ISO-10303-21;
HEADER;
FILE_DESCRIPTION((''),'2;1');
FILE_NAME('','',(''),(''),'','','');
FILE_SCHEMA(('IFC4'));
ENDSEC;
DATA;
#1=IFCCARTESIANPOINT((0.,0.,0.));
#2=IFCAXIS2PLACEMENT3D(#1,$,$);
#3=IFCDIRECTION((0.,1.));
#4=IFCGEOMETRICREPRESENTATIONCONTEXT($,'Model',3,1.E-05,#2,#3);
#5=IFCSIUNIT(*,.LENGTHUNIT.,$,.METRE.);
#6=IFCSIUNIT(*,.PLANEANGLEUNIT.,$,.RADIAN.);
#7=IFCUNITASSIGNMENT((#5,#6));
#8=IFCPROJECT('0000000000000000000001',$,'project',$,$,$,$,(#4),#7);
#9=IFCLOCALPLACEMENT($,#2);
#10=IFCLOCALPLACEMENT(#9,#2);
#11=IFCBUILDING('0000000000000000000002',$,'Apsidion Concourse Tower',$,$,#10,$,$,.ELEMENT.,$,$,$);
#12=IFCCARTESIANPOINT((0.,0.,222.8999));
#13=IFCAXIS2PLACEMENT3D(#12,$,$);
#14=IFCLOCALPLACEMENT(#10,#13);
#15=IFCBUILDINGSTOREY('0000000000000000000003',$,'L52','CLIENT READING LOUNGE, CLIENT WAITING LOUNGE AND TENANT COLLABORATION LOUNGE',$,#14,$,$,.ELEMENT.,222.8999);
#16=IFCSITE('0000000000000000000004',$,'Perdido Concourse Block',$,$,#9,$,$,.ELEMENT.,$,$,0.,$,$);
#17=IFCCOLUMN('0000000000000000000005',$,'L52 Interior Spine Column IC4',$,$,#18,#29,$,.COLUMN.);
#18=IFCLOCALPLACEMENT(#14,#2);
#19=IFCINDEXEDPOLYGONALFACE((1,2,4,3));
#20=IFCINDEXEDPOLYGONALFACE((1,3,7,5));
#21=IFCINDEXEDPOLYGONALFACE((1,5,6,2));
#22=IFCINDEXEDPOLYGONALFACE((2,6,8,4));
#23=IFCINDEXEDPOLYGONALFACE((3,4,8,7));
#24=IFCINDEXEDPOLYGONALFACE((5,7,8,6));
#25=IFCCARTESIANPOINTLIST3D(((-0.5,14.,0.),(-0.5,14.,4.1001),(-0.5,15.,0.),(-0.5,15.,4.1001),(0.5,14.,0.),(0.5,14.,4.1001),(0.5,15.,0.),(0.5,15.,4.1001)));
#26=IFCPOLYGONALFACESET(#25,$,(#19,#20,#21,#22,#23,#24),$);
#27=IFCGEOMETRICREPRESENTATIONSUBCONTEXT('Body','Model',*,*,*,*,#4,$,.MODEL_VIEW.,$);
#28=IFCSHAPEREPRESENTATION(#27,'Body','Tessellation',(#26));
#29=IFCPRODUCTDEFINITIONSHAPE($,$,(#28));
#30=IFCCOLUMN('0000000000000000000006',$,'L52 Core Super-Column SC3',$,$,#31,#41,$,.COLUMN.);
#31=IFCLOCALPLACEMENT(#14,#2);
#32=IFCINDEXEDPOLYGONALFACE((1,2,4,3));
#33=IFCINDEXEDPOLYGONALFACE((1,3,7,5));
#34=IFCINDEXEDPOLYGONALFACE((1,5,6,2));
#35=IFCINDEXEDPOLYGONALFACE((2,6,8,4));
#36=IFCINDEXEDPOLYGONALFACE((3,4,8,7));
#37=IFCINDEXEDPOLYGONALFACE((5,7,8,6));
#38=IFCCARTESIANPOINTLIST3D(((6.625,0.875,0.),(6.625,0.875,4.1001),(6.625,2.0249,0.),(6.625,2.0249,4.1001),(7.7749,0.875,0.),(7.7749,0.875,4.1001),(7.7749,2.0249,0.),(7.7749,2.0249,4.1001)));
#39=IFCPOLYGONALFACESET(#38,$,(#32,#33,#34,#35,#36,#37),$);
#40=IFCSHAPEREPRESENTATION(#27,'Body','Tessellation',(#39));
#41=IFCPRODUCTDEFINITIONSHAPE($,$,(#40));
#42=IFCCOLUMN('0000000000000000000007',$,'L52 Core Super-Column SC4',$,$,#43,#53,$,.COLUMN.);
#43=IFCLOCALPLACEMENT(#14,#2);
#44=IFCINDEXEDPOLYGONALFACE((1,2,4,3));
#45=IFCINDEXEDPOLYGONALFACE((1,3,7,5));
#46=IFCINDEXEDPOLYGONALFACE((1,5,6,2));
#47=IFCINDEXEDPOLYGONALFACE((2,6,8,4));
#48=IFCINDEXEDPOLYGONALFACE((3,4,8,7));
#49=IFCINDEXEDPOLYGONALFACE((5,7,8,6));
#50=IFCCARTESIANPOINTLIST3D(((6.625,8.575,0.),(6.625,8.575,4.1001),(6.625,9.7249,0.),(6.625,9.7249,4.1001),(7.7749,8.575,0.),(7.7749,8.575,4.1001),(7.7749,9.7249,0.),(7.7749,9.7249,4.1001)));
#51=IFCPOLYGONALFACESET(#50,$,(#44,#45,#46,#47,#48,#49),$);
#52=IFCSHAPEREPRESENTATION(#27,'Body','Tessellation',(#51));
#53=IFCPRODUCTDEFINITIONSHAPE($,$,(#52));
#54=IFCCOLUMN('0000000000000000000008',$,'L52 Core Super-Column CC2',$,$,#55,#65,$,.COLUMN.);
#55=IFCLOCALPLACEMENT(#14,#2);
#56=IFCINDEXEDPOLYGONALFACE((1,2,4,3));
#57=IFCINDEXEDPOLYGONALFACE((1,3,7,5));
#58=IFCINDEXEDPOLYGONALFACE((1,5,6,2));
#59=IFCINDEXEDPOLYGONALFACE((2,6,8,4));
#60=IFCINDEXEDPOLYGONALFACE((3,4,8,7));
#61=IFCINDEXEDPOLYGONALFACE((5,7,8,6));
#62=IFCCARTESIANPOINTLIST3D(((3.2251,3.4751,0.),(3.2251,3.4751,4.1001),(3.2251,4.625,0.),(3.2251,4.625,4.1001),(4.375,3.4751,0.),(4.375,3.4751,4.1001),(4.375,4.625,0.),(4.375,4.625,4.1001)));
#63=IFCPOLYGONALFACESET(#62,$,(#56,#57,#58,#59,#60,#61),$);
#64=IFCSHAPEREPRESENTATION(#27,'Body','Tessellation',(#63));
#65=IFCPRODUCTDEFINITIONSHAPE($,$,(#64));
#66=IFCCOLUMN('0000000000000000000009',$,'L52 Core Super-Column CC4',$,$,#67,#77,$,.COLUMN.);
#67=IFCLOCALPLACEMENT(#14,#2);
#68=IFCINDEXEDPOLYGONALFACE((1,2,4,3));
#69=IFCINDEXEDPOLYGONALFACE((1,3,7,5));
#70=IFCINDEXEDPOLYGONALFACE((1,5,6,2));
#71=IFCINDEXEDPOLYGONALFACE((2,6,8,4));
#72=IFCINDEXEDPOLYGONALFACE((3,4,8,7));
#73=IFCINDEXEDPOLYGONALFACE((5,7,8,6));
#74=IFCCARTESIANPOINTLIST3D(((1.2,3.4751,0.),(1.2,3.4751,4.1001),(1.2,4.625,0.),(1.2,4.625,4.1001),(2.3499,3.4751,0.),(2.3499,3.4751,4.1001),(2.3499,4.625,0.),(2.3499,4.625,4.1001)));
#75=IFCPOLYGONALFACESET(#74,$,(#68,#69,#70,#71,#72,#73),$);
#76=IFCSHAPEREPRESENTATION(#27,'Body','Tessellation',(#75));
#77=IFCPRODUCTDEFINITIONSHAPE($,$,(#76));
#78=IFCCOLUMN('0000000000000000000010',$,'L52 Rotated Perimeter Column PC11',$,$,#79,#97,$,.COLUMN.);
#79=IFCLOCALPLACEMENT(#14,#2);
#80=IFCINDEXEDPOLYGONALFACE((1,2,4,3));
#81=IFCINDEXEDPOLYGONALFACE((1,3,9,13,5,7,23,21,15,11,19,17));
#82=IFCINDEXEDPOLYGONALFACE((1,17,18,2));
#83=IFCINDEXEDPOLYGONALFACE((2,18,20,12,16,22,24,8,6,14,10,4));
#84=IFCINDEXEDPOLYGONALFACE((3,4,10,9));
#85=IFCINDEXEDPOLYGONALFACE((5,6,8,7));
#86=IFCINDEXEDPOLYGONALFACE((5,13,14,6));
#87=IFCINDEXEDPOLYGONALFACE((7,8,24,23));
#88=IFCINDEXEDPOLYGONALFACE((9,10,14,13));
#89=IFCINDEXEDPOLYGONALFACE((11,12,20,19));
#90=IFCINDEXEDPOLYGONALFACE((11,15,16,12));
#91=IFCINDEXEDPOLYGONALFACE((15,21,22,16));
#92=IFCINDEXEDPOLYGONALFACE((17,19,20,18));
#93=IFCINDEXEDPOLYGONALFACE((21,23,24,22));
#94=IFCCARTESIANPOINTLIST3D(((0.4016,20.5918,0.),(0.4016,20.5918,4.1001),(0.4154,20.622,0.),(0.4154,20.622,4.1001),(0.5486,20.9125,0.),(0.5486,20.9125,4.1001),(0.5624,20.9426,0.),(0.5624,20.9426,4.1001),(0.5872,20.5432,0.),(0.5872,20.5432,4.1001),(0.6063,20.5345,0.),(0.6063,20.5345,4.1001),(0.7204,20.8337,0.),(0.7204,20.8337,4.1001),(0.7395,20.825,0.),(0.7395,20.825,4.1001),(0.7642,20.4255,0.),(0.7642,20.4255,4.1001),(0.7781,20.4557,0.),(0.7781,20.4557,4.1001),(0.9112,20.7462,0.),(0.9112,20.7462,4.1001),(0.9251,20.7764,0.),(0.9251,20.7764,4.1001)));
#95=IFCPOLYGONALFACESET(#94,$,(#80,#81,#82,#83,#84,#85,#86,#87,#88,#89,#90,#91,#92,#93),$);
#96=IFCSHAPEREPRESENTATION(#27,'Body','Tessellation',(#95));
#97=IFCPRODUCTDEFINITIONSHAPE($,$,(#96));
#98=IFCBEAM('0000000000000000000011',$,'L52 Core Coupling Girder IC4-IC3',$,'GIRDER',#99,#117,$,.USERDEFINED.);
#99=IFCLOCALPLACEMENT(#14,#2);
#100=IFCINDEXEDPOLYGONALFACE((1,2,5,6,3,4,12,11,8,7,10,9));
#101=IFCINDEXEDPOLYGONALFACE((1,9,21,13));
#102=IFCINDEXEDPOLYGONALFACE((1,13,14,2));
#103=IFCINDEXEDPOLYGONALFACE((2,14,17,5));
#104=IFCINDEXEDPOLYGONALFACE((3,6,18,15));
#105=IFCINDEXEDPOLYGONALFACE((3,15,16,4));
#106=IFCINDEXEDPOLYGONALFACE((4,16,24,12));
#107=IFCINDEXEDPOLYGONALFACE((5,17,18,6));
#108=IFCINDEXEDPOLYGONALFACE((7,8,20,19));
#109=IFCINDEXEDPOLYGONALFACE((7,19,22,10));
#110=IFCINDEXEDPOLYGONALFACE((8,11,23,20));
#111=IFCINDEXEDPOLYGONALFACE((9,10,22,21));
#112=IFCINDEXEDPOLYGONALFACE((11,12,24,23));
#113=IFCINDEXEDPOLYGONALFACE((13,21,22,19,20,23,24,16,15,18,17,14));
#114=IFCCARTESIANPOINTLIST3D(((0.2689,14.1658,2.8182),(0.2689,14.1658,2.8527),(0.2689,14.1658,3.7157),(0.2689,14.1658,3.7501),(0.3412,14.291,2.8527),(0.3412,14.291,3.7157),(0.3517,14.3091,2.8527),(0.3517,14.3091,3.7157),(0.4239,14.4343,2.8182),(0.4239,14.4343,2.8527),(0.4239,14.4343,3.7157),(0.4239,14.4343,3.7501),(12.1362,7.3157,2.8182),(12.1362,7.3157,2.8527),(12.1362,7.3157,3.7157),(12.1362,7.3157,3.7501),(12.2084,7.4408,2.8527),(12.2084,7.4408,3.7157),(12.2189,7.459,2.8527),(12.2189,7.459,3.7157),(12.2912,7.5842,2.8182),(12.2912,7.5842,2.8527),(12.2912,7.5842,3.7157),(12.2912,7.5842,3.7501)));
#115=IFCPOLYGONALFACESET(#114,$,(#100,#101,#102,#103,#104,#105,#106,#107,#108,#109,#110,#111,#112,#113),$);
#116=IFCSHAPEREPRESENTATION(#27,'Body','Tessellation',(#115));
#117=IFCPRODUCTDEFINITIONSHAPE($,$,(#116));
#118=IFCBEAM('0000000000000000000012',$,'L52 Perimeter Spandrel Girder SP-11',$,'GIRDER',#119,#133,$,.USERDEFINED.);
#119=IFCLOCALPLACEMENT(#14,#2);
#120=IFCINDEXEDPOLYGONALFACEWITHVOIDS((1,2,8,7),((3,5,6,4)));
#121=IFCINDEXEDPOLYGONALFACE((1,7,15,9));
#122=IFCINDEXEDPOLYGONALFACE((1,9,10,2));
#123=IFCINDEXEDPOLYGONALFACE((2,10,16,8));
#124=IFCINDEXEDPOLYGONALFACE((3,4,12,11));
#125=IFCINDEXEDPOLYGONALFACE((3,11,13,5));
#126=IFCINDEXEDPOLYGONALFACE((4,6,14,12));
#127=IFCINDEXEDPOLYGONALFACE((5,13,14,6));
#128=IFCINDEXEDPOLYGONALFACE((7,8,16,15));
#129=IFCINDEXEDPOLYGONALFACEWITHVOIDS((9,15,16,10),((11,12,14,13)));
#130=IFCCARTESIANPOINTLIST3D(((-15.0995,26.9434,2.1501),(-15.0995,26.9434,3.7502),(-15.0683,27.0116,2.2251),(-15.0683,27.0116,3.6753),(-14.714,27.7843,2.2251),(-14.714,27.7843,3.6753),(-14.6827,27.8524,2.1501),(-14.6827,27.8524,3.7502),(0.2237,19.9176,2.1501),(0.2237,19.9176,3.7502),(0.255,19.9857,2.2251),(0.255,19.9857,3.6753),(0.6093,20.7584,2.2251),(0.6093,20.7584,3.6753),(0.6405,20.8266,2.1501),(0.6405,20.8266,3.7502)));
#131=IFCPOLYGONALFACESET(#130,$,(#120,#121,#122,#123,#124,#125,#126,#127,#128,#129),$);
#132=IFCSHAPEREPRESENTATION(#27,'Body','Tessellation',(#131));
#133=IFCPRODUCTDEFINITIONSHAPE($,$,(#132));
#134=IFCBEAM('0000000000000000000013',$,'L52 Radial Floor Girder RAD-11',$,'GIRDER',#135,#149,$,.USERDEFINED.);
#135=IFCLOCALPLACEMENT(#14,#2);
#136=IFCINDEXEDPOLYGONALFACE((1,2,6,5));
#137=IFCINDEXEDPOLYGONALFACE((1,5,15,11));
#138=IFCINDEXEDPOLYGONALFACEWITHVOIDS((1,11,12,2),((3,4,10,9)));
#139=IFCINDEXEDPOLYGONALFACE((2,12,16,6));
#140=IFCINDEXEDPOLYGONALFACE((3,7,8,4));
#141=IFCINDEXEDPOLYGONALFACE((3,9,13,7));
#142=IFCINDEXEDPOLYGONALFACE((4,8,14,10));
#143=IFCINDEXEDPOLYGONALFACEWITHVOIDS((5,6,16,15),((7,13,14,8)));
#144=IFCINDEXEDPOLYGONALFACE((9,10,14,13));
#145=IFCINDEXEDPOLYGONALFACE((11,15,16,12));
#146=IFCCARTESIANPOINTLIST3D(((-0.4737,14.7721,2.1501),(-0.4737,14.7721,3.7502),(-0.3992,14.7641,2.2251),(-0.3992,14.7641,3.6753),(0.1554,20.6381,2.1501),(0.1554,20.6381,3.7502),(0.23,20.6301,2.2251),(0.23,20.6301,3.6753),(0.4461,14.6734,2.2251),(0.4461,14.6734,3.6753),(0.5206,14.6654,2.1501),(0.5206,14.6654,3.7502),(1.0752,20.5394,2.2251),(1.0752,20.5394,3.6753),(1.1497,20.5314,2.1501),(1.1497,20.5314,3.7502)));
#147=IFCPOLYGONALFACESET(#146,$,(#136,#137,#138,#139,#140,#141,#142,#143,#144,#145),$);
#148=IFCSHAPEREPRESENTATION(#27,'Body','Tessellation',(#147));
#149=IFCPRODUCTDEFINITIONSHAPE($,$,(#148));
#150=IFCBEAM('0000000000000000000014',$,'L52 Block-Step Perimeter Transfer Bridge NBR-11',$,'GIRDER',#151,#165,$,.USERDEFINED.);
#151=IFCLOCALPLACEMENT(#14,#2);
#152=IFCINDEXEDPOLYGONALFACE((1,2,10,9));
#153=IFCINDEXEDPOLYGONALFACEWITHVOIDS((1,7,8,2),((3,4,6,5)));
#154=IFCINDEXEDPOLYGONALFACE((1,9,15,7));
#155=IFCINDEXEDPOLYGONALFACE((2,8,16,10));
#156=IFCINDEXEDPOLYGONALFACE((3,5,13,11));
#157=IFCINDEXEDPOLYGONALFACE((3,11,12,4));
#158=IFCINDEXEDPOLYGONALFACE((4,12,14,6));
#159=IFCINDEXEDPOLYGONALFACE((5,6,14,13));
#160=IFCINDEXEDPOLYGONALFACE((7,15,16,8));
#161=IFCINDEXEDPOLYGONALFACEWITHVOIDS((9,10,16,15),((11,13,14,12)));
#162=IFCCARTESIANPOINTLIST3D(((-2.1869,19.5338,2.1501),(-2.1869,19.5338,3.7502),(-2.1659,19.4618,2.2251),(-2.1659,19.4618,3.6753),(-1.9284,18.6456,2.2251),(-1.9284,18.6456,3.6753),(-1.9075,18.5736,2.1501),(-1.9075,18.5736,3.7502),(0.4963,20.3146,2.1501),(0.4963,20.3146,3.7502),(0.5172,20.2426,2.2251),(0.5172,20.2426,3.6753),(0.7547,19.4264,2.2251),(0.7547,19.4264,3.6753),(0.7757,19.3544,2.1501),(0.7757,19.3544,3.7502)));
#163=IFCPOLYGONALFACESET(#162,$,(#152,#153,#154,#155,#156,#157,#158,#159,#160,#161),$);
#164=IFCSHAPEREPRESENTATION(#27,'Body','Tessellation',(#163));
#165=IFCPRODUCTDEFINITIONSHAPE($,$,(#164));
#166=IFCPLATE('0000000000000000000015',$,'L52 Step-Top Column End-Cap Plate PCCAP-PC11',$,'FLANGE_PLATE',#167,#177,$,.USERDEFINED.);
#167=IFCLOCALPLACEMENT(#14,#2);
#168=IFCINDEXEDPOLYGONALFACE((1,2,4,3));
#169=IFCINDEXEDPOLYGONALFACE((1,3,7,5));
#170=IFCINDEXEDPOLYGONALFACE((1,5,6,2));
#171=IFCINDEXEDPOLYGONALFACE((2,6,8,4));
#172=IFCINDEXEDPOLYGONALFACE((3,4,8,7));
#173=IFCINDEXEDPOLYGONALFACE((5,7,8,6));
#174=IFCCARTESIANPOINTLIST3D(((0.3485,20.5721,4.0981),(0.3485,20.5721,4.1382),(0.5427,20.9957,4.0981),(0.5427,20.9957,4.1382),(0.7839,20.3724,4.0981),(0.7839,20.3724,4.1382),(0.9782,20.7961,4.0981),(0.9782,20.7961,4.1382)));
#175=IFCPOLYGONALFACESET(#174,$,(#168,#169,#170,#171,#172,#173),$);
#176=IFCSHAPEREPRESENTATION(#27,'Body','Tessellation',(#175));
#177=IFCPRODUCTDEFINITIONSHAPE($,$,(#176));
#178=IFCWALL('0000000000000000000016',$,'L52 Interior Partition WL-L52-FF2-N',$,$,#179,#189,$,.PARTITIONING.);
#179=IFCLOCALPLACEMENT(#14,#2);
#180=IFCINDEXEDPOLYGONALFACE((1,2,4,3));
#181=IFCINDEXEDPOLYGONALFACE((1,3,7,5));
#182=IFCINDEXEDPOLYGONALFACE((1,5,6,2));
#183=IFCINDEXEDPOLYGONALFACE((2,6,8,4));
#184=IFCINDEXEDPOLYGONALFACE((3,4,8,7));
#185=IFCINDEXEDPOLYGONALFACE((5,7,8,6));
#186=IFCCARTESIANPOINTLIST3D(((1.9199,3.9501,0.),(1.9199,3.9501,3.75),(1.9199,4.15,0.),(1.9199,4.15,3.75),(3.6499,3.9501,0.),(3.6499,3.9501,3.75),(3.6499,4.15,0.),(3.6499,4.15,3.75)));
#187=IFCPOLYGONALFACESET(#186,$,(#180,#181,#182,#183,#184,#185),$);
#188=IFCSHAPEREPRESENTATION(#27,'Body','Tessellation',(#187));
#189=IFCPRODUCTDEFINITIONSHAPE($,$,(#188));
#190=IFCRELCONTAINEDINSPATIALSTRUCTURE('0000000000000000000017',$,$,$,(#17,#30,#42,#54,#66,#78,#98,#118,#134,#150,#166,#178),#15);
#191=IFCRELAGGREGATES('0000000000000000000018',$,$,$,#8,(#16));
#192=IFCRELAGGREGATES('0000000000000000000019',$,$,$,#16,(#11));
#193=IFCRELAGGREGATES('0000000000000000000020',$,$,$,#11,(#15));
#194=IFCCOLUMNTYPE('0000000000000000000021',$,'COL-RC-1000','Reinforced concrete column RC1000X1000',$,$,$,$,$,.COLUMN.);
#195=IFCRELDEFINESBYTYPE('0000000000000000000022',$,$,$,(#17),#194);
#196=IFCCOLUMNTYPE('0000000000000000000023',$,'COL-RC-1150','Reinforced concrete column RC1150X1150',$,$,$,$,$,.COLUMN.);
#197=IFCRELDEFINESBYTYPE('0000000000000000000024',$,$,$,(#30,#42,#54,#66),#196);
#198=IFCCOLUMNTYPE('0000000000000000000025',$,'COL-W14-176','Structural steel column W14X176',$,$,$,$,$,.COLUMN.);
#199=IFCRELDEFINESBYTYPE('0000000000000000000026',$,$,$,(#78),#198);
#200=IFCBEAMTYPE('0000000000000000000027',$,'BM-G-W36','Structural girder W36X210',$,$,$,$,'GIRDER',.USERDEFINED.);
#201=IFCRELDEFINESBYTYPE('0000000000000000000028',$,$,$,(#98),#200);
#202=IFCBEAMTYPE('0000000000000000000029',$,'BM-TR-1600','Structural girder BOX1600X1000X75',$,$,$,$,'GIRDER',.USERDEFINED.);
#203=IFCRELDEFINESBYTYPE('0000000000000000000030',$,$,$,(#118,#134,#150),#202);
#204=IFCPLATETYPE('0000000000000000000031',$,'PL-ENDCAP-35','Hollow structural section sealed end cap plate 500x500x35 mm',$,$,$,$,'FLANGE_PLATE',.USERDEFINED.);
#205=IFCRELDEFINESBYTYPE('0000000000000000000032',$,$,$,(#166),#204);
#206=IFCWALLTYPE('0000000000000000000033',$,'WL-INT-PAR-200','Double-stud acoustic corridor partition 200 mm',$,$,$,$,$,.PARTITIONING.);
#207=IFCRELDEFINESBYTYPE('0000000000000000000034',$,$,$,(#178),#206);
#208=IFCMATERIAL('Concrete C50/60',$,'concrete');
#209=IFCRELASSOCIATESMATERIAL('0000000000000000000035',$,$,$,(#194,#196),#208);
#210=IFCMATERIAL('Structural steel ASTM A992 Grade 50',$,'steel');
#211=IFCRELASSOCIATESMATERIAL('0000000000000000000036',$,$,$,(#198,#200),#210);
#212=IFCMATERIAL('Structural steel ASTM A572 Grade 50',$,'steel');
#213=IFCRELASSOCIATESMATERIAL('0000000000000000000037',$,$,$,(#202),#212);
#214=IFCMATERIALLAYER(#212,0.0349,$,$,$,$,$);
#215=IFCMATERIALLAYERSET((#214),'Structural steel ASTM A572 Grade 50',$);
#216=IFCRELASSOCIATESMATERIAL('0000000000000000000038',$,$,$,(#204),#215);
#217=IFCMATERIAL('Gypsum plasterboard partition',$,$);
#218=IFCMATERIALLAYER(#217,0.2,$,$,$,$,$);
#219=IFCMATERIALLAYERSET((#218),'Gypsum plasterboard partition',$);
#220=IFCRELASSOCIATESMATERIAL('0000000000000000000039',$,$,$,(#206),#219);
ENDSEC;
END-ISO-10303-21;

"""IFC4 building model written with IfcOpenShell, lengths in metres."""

from ifc_helpers import new_model, si_unit, direction, frame, frame_2d, origin, origin_2d, place, context, subcontext, project, spatial, rectangle, hollow_rectangle, i_section, extrude, material, layer, layer_set, material_profile, profile_set, type_object, element, save


model = new_model("IFC4")

# Units and contexts
model_context = context("Model", 3, precision=1e-05, world=origin(), true_north=direction((0.0, 1.0)))
body_context = subcontext(model_context, "Body", "Model", "MODEL_VIEW")
ifc_project = project(units=[si_unit("LENGTHUNIT", "METRE"), si_unit("PLANEANGLEUNIT", "RADIAN")], contexts=[model_context])

# Site, building, storey
site_placement = place(None, origin())
site = spatial("IfcSite", under=ifc_project, at=site_placement, Name="Perdido Concourse Block", CompositionType="ELEMENT", RefElevation=0.0)
building_placement = place(site_placement, origin())
building = spatial("IfcBuilding", under=site, at=building_placement, Name="Apsidion Concourse Tower", CompositionType="ELEMENT")
storey_placement = place(building_placement, frame((0.0, 0.0, 222.8999)))
storey = spatial("IfcBuildingStorey", under=building, at=storey_placement, Name="L52", Description="CLIENT READING LOUNGE, CLIENT WAITING LOUNGE AND TENANT COLLABORATION LOUNGE", CompositionType="ELEMENT", Elevation=222.8999)

# Columns
ifc_material_1 = material(Name="Concrete C50/60", Category="concrete")
ifc_material_profile_1 = material_profile(ifc_material_1, rectangle(XDim=1.0, YDim=1.0, at=origin_2d()), Name="RC 1000x1000")
ifc_profile_set_1 = profile_set([ifc_material_profile_1], Name="Concrete C50/60")
column_type_1 = type_object("IfcColumnType", Name="COL-RC-1000", Description="Reinforced concrete column RC1000X1000", PredefinedType="COLUMN", material=ifc_profile_set_1)
column_1_placement = place(storey_placement, frame((0.0, 14.5, 0.0), z_axis=(0.0, 0.0, 1.0), x_axis=(1.0, 0.0, 0.0)))
element("IfcColumn", 1, at=column_1_placement, inside=storey, type_object=column_type_1, Name="L52 Interior Spine Column IC4", PredefinedType="COLUMN", context=body_context, shape_type="SweptSolid", body=[
    extrude(rectangle(XDim=1.0, YDim=1.0, at=origin_2d()), origin(), (0.0, 0.0, 1.0), 4.1001),
])
ifc_material_profile_2 = material_profile(ifc_material_1, rectangle(XDim=1.1499, YDim=1.1499, at=origin_2d()), Name="RC 1150x1150")
ifc_profile_set_2 = profile_set([ifc_material_profile_2], Name="Concrete C50/60")
column_type_2 = type_object("IfcColumnType", Name="COL-RC-1150", Description="Reinforced concrete column RC1150X1150", PredefinedType="COLUMN", material=ifc_profile_set_2)
for number, where, z_axis, x_axis, name in (
    (2, (7.2, 1.45, 0.0), (0.0, 0.0, 1.0), (1.0, 0.0, 0.0), "L52 Core Super-Column SC3"),
    (3, (7.2, 9.1499, 0.0), (0.0, 0.0, 1.0), (1.0, 0.0, 0.0), "L52 Core Super-Column SC4"),
    (4, (3.8, 4.05, 0.0), (0.0, 0.0, 1.0), (1.0, 0.0, 0.0), "L52 Core Super-Column CC2"),
    (5, (1.7749, 4.05, 0.0), (0.0, 0.0, 1.0), (1.0, 0.0, 0.0), "L52 Core Super-Column CC4"),
):
    element("IfcColumn", number, at=place(storey_placement, frame(where, z_axis=z_axis, x_axis=x_axis)), inside=storey, type_object=column_type_2, Name=name, PredefinedType="COLUMN", context=body_context, shape_type="SweptSolid", body=[
        extrude(rectangle(XDim=1.1499, YDim=1.1499, at=origin_2d()), origin(), (0.0, 0.0, 1.0), 4.1001),
    ])
ifc_material_2 = material(Name="Structural steel ASTM A992 Grade 50", Category="steel")
ifc_material_profile_3 = material_profile(ifc_material_2, i_section(OverallWidth=0.3989, OverallDepth=0.386, WebThickness=0.021, FlangeThickness=0.0332, at=origin_2d()), Name="W14X176")
ifc_profile_set_3 = profile_set([ifc_material_profile_3], Name="Structural steel ASTM A992 Grade 50")
column_type_3 = type_object("IfcColumnType", Name="COL-W14-176", Description="Structural steel column W14X176", PredefinedType="COLUMN", material=ifc_profile_set_3)
column_2_placement = place(storey_placement, frame((0.6633, 20.6841, 0.0), z_axis=(0.0, 0.0, 1.0), x_axis=(-0.909018, 0.416757, 0.0)))
element("IfcColumn", 6, at=column_2_placement, inside=storey, type_object=column_type_3, Name="L52 Rotated Perimeter Column PC11", PredefinedType="COLUMN", context=body_context, shape_type="SweptSolid", body=[
    extrude(i_section(OverallWidth=0.3989, OverallDepth=0.386, WebThickness=0.021, FlangeThickness=0.0332, at=origin_2d()), origin(), (0.0, 0.0, 1.0), 4.1001),
])

# Beams
ifc_material_profile_4 = material_profile(ifc_material_2, i_section(OverallWidth=0.3101, OverallDepth=0.9319, WebThickness=0.021, FlangeThickness=0.0344, at=origin_2d()), Name="W36X210")
ifc_profile_set_4 = profile_set([ifc_material_profile_4], Name="Structural steel ASTM A992 Grade 50")
beam_type_1 = type_object("IfcBeamType", Name="BM-G-W36", Description="Structural girder W36X210", ElementType="GIRDER", PredefinedType="USERDEFINED", material=ifc_profile_set_4)
beam_1_placement = place(storey_placement, frame((0.3464, 14.3, 3.2842), z_axis=(0.86607, -0.499922, 0.0), x_axis=(0.499922, 0.86607, 0.0)))
element("IfcBeam", 7, at=beam_1_placement, inside=storey, type_object=beam_type_1, Name="L52 Core Coupling Girder IC4-IC3", ObjectType="GIRDER", PredefinedType="USERDEFINED", context=body_context, shape_type="SweptSolid", body=[
    extrude(i_section(OverallWidth=0.3101, OverallDepth=0.9319, WebThickness=0.021, FlangeThickness=0.0344, at=origin_2d()), origin(), (0.0, 0.0, 1.0), 13.7024),
])
ifc_material_3 = material(Name="Structural steel ASTM A572 Grade 50", Category="steel")
ifc_material_profile_5 = material_profile(ifc_material_3, hollow_rectangle(XDim=1.0, YDim=1.6001, WallThickness=0.075, at=origin_2d()), Name="BOX1600X1000X75")
ifc_profile_set_5 = profile_set([ifc_material_profile_5], Name="Structural steel ASTM A572 Grade 50")
beam_type_2 = type_object("IfcBeamType", Name="BM-TR-1600", Description="Structural girder BOX1600X1000X75", ElementType="GIRDER", PredefinedType="USERDEFINED", material=ifc_profile_set_5)
beam_2_placement = place(storey_placement, frame((0.4321, 20.3721, 2.9502), z_axis=(-0.909004, 0.416788, 0.0), x_axis=(-0.416788, -0.909004, 0.0)))
element("IfcBeam", 8, at=beam_2_placement, inside=storey, type_object=beam_type_2, Name="L52 Perimeter Spandrel Girder SP-11", ObjectType="GIRDER", PredefinedType="USERDEFINED", context=body_context, shape_type="SweptSolid", body=[
    extrude(hollow_rectangle(XDim=1.0, YDim=1.6001, WallThickness=0.075, at=origin_2d()), origin(), (0.0, 0.0, 1.0), 16.8572),
])
beam_3_placement = place(storey_placement, frame((0.0234, 14.7188, 2.9502), z_axis=(0.106643, 0.994297, 0.0), x_axis=(-0.994297, 0.106643, 0.0)))
element("IfcBeam", 9, at=beam_3_placement, inside=storey, type_object=beam_type_2, Name="L52 Radial Floor Girder RAD-11", ObjectType="GIRDER", PredefinedType="USERDEFINED", context=body_context, shape_type="SweptSolid", body=[
    extrude(hollow_rectangle(XDim=1.0, YDim=1.6001, WallThickness=0.075, at=origin_2d()), origin(), (0.0, 0.0, 1.0), 5.8997),
])
beam_4_placement = place(storey_placement, frame((0.636, 19.8345, 2.9502), z_axis=(-0.960174, -0.279403, 0.0), x_axis=(0.279403, -0.960174, 0.0)))
element("IfcBeam", 10, at=beam_4_placement, inside=storey, type_object=beam_type_2, Name="L52 Block-Step Perimeter Transfer Bridge NBR-11", ObjectType="GIRDER", PredefinedType="USERDEFINED", context=body_context, shape_type="SweptSolid", body=[
    extrude(hollow_rectangle(XDim=1.0, YDim=1.6001, WallThickness=0.075, at=origin_2d()), origin(), (0.0, 0.0, 1.0), 2.7944),
])

# Plate
ifc_layer_1 = layer(ifc_material_3, 0.0349)
ifc_layer_set_1 = layer_set([ifc_layer_1], Name="Structural steel ASTM A572 Grade 50")
plate_type = type_object("IfcPlateType", Name="PL-ENDCAP-35", Description="Hollow structural section sealed end cap plate 500x500x35 mm", ElementType="FLANGE_PLATE", PredefinedType="USERDEFINED", material=ifc_layer_set_1)
plate_placement = place(storey_placement, frame((0.6633, 20.6841, 4.0981), z_axis=(0.0, 0.0, 1.0), x_axis=(-0.909018, 0.416757, 0.0)))
element("IfcPlate", 11, at=plate_placement, inside=storey, type_object=plate_type, Name="L52 Step-Top Column End-Cap Plate PCCAP-PC11", ObjectType="FLANGE_PLATE", PredefinedType="USERDEFINED", context=body_context, shape_type="SweptSolid", body=[
    extrude(rectangle(XDim=0.479, YDim=0.4661, at=origin_2d()), origin(), (0.0, 0.0, 1.0), 0.04),
])

# Wall
ifc_material_4 = material(Name="Gypsum plasterboard partition")
ifc_layer_2 = layer(ifc_material_4, 0.2)
ifc_layer_set_2 = layer_set([ifc_layer_2], Name="Gypsum plasterboard partition")
wall_type_1 = type_object("IfcWallType", Name="WL-INT-PAR-200", Description="Double-stud acoustic corridor partition 200 mm", PredefinedType="PARTITIONING", material=ifc_layer_set_2)
wall_placement = place(storey_placement, frame((1.9199, 4.05, 0.0), z_axis=(0.0, 0.0, 1.0), x_axis=(1.0, 0.0, 0.0)))
element("IfcWall", 12, at=wall_placement, inside=storey, type_object=wall_type_1, Name="L52 Interior Partition WL-L52-FF2-N", PredefinedType="PARTITIONING", context=body_context, shape_type="SweptSolid", body=[
    extrude(rectangle(XDim=1.73, YDim=0.2, at=frame_2d((0.865, 0.0))), origin(), (0.0, 0.0, 1.0), 3.75),
])

save(model, "model.ifc")
